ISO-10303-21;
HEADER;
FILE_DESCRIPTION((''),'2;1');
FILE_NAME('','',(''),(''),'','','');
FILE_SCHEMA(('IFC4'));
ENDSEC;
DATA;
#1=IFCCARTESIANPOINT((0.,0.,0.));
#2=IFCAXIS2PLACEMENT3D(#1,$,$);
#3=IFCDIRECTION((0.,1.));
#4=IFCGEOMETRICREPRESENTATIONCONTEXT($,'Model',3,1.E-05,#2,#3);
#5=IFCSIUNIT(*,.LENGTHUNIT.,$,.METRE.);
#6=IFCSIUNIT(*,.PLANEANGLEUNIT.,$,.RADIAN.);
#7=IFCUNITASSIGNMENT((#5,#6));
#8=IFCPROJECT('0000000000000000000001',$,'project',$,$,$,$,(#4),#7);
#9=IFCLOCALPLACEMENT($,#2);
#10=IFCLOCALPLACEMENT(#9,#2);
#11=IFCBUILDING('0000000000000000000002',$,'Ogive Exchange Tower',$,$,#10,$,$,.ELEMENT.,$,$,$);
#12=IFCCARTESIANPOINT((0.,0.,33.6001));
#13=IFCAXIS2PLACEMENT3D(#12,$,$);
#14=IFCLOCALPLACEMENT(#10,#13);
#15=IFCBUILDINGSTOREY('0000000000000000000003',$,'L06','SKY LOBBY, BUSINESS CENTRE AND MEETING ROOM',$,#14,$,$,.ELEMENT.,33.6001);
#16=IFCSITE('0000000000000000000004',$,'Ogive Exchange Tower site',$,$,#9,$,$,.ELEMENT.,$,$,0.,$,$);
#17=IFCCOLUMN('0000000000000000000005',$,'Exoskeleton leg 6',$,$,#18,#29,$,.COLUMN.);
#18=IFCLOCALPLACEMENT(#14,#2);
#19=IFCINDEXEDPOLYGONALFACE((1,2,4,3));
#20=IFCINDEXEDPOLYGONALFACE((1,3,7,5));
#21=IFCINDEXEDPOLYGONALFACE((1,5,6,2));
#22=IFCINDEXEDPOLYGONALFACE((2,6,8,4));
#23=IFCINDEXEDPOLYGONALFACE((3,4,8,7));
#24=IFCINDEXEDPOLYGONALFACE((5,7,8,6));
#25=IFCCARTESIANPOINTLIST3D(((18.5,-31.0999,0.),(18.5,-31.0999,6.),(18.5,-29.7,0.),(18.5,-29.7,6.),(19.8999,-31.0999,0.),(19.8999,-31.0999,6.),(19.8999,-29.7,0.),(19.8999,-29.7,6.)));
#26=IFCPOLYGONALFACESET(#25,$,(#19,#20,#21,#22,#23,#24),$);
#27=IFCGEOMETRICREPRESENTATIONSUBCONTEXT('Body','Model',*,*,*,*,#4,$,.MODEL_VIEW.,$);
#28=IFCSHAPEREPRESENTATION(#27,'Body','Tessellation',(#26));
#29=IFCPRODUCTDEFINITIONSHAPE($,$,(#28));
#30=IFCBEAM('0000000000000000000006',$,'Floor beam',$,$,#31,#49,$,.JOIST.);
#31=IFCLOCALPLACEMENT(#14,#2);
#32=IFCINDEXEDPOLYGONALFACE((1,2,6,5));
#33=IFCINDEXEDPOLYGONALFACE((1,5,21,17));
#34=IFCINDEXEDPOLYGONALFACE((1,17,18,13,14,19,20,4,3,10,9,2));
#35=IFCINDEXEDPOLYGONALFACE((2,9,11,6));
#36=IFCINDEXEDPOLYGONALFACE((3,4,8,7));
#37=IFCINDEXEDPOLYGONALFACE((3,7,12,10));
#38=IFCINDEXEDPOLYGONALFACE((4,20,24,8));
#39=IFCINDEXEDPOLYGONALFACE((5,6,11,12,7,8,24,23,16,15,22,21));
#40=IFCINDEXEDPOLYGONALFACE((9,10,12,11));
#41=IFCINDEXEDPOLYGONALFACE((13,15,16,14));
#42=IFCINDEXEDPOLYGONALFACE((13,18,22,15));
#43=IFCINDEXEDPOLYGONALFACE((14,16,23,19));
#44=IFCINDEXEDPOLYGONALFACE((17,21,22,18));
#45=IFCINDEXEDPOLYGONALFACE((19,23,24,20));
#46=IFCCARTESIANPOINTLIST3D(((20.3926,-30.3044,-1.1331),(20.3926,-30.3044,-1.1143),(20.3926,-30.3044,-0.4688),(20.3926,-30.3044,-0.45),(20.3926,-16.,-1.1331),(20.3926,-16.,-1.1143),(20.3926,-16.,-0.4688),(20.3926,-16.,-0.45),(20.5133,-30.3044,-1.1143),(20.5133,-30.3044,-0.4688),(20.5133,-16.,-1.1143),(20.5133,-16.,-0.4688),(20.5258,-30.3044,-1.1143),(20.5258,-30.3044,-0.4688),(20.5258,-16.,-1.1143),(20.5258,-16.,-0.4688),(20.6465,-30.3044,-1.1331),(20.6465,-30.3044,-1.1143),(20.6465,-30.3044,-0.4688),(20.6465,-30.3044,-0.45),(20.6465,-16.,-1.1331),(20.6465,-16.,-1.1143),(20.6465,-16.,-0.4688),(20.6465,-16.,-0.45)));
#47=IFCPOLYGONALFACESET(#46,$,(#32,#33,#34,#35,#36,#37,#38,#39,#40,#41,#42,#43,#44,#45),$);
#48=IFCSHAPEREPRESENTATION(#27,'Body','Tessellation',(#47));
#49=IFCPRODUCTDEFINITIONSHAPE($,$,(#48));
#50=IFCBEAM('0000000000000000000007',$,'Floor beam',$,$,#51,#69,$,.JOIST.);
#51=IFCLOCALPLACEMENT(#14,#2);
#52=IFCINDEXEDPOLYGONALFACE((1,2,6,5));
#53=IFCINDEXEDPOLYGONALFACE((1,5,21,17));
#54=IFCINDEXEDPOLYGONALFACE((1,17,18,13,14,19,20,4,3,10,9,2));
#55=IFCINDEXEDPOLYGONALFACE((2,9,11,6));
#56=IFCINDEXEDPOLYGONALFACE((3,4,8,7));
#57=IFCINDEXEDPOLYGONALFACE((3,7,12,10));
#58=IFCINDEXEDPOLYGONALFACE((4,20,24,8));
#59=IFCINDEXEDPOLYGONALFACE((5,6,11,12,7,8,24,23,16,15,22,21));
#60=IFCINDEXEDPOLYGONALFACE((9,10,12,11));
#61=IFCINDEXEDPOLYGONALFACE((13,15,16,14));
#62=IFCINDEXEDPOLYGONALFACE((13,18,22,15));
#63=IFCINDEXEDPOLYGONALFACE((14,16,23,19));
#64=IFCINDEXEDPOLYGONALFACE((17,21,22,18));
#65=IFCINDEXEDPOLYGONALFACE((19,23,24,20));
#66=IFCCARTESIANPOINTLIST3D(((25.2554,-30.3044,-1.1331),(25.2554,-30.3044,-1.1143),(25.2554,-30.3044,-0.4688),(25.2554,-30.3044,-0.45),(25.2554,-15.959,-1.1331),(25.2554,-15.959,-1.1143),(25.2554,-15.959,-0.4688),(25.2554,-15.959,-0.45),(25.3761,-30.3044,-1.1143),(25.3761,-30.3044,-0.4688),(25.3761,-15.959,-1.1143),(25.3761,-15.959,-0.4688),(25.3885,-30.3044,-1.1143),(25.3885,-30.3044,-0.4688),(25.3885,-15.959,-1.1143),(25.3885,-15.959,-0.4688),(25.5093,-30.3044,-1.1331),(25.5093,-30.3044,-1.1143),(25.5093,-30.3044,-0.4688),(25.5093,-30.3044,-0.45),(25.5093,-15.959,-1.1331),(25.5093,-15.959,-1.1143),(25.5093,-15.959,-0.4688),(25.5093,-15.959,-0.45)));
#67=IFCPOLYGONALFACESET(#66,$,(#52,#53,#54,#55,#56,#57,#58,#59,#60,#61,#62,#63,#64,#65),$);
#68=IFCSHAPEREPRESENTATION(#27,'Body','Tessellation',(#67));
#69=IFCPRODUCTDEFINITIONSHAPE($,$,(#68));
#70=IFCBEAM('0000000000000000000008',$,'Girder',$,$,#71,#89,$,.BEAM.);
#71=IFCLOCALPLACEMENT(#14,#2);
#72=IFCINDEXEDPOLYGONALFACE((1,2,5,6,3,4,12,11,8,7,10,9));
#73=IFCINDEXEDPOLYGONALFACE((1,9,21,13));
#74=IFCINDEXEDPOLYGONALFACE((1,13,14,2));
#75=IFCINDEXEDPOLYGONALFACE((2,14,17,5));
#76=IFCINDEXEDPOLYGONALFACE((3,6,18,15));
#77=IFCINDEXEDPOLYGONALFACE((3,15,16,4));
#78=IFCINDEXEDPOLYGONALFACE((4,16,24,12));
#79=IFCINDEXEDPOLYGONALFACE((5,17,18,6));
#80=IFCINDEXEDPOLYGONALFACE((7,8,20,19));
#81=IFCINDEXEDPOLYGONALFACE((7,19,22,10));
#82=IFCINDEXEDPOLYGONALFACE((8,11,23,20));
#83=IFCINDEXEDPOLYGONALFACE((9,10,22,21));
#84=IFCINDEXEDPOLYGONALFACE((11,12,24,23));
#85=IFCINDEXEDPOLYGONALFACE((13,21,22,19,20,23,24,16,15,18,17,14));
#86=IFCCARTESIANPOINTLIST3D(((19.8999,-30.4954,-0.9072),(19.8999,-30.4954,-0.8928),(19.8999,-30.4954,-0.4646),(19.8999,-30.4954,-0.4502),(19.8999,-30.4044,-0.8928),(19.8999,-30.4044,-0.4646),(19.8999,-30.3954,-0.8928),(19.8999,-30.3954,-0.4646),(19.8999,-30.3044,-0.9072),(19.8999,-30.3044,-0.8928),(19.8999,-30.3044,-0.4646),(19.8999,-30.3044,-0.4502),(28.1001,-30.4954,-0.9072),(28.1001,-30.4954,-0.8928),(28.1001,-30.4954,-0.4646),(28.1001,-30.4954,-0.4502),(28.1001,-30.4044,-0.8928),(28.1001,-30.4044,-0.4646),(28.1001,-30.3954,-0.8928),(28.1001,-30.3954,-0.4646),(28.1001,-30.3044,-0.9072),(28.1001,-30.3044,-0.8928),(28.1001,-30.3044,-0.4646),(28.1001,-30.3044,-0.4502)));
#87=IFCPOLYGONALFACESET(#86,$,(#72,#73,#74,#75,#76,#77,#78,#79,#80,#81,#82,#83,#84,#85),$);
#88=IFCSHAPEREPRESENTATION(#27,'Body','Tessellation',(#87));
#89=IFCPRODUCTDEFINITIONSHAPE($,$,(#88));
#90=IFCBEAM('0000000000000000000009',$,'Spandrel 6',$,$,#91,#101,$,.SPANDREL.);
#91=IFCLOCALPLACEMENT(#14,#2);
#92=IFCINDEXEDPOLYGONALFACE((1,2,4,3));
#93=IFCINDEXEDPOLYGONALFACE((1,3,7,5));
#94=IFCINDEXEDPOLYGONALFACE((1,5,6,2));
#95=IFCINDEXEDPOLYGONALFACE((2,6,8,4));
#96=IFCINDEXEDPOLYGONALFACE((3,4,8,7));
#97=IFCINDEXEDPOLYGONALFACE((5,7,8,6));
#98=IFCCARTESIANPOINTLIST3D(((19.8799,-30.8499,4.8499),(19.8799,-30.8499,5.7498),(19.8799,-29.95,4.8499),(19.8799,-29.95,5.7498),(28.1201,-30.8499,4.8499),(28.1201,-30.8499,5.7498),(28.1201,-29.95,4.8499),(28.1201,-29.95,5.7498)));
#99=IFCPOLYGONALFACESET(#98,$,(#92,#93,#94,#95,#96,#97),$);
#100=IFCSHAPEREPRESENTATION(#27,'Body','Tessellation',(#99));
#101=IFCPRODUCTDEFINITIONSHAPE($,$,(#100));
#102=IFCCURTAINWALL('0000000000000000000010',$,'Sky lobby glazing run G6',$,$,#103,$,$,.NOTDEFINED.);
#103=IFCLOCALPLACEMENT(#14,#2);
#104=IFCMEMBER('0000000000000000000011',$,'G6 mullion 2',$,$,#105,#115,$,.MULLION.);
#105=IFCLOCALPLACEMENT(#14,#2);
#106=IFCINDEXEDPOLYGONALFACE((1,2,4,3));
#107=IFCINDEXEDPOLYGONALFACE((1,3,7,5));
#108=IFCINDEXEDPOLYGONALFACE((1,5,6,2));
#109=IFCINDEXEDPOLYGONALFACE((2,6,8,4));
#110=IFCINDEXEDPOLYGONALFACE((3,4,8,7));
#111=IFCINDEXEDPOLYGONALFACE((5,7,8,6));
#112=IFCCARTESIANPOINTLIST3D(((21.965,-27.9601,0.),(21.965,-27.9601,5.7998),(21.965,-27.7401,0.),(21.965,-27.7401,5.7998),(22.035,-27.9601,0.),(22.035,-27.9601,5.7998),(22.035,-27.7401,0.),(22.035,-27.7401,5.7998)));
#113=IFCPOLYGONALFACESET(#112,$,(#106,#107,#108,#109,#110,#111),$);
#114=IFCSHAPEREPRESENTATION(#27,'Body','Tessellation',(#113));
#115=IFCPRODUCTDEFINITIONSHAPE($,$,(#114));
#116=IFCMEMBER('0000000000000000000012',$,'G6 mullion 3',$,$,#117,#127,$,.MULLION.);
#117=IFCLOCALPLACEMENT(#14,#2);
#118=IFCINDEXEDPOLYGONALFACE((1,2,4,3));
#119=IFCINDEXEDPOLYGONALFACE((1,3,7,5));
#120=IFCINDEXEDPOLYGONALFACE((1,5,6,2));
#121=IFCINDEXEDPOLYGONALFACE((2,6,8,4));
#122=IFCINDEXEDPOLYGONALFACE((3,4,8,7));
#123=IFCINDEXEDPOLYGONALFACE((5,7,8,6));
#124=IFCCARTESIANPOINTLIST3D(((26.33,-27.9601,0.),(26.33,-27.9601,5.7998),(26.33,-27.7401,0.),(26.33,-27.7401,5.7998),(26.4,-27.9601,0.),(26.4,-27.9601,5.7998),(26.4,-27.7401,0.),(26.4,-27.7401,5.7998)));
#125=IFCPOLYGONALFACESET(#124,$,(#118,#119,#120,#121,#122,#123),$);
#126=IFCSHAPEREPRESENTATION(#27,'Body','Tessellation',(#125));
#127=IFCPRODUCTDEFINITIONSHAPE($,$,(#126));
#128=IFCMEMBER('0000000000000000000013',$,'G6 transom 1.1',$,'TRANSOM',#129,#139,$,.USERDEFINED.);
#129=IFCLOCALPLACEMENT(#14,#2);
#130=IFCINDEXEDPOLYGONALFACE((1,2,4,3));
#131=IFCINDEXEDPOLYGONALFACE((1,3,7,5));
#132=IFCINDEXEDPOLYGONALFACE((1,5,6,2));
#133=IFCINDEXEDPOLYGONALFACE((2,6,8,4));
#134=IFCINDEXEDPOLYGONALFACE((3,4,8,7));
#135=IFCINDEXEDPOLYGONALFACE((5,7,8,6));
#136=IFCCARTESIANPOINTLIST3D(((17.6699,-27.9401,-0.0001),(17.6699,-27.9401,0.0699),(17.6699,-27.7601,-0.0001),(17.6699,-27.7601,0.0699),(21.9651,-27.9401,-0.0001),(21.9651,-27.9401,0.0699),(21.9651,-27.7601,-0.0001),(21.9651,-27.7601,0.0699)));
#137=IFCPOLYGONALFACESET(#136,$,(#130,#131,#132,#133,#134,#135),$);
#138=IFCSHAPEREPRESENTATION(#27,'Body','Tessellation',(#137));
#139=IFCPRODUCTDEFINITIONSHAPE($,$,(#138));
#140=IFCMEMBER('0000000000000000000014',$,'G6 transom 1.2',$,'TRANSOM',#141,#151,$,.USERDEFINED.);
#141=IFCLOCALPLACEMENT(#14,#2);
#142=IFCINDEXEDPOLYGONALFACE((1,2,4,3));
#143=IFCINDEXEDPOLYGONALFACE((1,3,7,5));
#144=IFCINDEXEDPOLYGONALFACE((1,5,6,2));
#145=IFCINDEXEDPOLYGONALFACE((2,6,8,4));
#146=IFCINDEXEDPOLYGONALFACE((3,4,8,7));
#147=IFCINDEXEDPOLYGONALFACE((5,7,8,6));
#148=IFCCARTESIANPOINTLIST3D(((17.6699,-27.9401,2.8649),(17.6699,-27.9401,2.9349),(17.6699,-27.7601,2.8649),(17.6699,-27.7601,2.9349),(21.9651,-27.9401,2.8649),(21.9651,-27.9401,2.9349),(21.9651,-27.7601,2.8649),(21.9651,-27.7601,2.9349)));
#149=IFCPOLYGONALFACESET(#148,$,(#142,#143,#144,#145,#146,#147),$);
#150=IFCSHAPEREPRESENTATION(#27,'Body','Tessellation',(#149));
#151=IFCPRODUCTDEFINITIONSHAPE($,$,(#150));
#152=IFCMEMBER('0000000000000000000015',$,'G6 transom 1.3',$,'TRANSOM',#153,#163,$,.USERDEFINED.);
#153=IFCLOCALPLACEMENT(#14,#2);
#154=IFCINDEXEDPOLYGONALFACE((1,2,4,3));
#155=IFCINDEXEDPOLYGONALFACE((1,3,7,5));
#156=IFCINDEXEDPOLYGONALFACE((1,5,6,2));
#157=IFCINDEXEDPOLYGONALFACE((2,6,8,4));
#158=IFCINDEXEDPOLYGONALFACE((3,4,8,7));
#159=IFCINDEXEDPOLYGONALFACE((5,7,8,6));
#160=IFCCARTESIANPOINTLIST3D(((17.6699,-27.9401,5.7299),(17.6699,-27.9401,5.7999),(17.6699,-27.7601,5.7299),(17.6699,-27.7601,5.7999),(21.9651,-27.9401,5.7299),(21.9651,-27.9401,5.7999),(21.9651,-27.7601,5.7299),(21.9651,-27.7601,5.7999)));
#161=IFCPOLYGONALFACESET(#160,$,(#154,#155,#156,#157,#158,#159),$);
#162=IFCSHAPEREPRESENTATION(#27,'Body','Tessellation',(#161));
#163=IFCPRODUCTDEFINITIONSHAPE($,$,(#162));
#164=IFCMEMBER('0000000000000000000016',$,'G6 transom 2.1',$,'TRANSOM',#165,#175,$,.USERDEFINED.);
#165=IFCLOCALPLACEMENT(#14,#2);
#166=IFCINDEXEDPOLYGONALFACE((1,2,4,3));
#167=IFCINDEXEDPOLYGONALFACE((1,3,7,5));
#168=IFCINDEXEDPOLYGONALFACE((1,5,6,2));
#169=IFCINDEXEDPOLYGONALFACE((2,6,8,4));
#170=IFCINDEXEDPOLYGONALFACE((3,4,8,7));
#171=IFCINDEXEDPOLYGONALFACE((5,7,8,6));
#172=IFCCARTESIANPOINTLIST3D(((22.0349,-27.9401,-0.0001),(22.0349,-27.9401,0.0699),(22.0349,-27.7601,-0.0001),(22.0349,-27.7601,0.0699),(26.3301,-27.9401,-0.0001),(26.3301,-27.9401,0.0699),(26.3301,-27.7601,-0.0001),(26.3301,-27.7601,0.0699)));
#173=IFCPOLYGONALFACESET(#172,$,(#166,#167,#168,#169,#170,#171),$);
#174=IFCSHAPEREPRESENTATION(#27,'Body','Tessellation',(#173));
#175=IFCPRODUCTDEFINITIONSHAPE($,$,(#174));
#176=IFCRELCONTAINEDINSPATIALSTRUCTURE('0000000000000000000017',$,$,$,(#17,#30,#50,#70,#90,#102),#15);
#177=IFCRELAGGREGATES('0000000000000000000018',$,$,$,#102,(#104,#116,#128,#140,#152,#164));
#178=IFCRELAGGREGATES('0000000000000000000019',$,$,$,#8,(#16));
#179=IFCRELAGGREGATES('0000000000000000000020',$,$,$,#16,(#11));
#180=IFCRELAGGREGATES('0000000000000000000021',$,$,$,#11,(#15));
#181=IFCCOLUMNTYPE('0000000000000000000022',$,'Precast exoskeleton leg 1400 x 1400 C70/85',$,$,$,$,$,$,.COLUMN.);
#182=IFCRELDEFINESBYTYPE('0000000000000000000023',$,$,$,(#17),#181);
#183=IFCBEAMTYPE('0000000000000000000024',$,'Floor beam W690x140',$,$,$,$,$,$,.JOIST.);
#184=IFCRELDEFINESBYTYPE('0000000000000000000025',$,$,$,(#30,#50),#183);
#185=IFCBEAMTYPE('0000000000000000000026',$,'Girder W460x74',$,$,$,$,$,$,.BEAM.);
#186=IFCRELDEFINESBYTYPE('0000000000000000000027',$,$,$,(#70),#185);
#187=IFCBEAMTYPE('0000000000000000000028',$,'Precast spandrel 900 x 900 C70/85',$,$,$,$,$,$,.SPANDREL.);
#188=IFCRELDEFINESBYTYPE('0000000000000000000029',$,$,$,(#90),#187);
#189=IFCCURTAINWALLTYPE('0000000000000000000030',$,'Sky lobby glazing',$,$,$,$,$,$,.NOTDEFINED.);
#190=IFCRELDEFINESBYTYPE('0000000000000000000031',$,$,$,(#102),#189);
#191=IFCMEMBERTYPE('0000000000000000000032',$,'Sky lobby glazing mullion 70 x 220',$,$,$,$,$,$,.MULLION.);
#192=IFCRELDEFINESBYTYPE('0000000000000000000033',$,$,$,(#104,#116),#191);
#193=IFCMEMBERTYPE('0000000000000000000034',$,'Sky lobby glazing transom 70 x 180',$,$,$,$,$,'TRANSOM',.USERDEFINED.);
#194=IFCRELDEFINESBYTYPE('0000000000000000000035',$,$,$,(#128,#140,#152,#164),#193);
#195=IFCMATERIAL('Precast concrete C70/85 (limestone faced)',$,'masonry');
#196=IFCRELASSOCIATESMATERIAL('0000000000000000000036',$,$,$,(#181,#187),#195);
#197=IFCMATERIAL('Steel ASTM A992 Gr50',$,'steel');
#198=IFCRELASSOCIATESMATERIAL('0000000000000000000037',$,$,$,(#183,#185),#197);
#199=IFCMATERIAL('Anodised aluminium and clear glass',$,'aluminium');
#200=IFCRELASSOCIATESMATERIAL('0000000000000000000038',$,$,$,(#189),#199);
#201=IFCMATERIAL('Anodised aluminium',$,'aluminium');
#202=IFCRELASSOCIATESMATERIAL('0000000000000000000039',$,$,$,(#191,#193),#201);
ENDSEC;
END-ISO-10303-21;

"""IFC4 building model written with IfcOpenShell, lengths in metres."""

from ifc_helpers import new_model, si_unit, direction, frame, origin, origin_2d, place, context, subcontext, project, spatial, rectangle, i_section, extrude, material, material_profile, profile_set, type_object, element, aggregate, save


model = new_model("IFC4")

# Units and contexts
model_context = context("Model", 3, precision=1e-05, world=origin(), true_north=direction((0.0, 1.0)))
body_context = subcontext(model_context, "Body", "Model", "MODEL_VIEW")
ifc_project = project(units=[si_unit("LENGTHUNIT", "METRE"), si_unit("PLANEANGLEUNIT", "RADIAN")], contexts=[model_context])

# Site, building, storey
site_placement = place(None, origin())
site = spatial("IfcSite", under=ifc_project, at=site_placement, Name="Ogive Exchange Tower site", CompositionType="ELEMENT", RefElevation=0.0)
building_placement = place(site_placement, origin())
building = spatial("IfcBuilding", under=site, at=building_placement, Name="Ogive Exchange Tower", CompositionType="ELEMENT")
storey_placement = place(building_placement, frame((0.0, 0.0, 33.6001)))
storey = spatial("IfcBuildingStorey", under=building, at=storey_placement, Name="L06", Description="SKY LOBBY, BUSINESS CENTRE AND MEETING ROOM", CompositionType="ELEMENT", Elevation=33.6001)

# Column
ifc_material_1 = material(Name="Precast concrete C70/85 (limestone faced)", Category="masonry")
ifc_material_profile_1 = material_profile(ifc_material_1, rectangle(XDim=1.3999, YDim=1.3999, at=origin_2d()), Name="1400 x 1400")
ifc_profile_set_1 = profile_set([ifc_material_profile_1], Name="Precast concrete C70/85 (limestone faced)")
column_type = type_object("IfcColumnType", Name="Precast exoskeleton leg 1400 x 1400 C70/85", PredefinedType="COLUMN", material=ifc_profile_set_1)
column_placement = place(storey_placement, frame((19.2, -30.3999, 0.0), z_axis=(0.0, 0.0, 1.0), x_axis=(1.0, 0.0, 0.0)))
element("IfcColumn", 1, at=column_placement, inside=storey, type_object=column_type, Name="Exoskeleton leg 6", PredefinedType="COLUMN", context=body_context, shape_type="SweptSolid", body=[
    extrude(rectangle(XDim=1.3999, YDim=1.3999, at=origin_2d()), origin(), (0.0, 0.0, 1.0), 6.0),
])

# Beams
ifc_material_2 = material(Name="Steel ASTM A992 Gr50", Category="steel")
ifc_material_profile_2 = material_profile(ifc_material_2, i_section(OverallWidth=0.2539, OverallDepth=0.6831, WebThickness=0.0125, FlangeThickness=0.0188, at=origin_2d()), Name="W690x140")
ifc_profile_set_2 = profile_set([ifc_material_profile_2], Name="Steel ASTM A992 Gr50")
beam_type_1 = type_object("IfcBeamType", Name="Floor beam W690x140", PredefinedType="JOIST", material=ifc_profile_set_2)
beam_1_placement = place(storey_placement, frame((20.5195, -30.3044, -0.7915), z_axis=(0.0, 1.0, 0.0), x_axis=(-1.0, 0.0, 0.0)))
element("IfcBeam", 2, at=beam_1_placement, inside=storey, type_object=beam_type_1, Name="Floor beam", PredefinedType="JOIST", context=body_context, shape_type="SweptSolid", body=[
    extrude(i_section(OverallWidth=0.2539, OverallDepth=0.6831, WebThickness=0.0125, FlangeThickness=0.0188, at=origin_2d()), origin(), (0.0, 0.0, 1.0), 14.3044),
])
beam_2_placement = place(storey_placement, frame((25.3823, -30.3044, -0.7915), z_axis=(0.0, 1.0, 0.0), x_axis=(-1.0, 0.0, 0.0)))
element("IfcBeam", 3, at=beam_2_placement, inside=storey, type_object=beam_type_1, Name="Floor beam", PredefinedType="JOIST", context=body_context, shape_type="SweptSolid", body=[
    extrude(i_section(OverallWidth=0.2539, OverallDepth=0.6831, WebThickness=0.0125, FlangeThickness=0.0188, at=origin_2d()), origin(), (0.0, 0.0, 1.0), 14.3455),
])
ifc_material_profile_3 = material_profile(ifc_material_2, i_section(OverallWidth=0.1909, OverallDepth=0.457, WebThickness=0.009, FlangeThickness=0.0144, at=origin_2d()), Name="W460x74")
ifc_profile_set_3 = profile_set([ifc_material_profile_3], Name="Steel ASTM A992 Gr50")
beam_type_2 = type_object("IfcBeamType", Name="Girder W460x74", PredefinedType="BEAM", material=ifc_profile_set_3)
beam_3_placement = place(storey_placement, frame((19.8999, -30.3999, -0.6787), z_axis=(1.0, 0.0, 0.0), x_axis=(0.0, 1.0, 0.0)))
element("IfcBeam", 4, at=beam_3_placement, inside=storey, type_object=beam_type_2, Name="Girder", PredefinedType="BEAM", context=body_context, shape_type="SweptSolid", body=[
    extrude(i_section(OverallWidth=0.1909, OverallDepth=0.457, WebThickness=0.009, FlangeThickness=0.0144, at=origin_2d()), origin(), (0.0, 0.0, 1.0), 8.2002),
])
ifc_material_profile_4 = material_profile(ifc_material_1, rectangle(XDim=0.8999, YDim=0.8999, at=origin_2d()), Name="900 x 900")
ifc_profile_set_4 = profile_set([ifc_material_profile_4], Name="Precast concrete C70/85 (limestone faced)")
beam_type_3 = type_object("IfcBeamType", Name="Precast spandrel 900 x 900 C70/85", PredefinedType="SPANDREL", material=ifc_profile_set_4)
beam_4_placement = place(storey_placement, frame((19.8799, -30.3999, 5.2998), z_axis=(1.0, 0.0, 0.0), x_axis=(0.0, 1.0, 0.0)))
element("IfcBeam", 5, at=beam_4_placement, inside=storey, type_object=beam_type_3, Name="Spandrel 6", PredefinedType="SPANDREL", context=body_context, shape_type="SweptSolid", body=[
    extrude(rectangle(XDim=0.8999, YDim=0.8999, at=origin_2d()), origin(), (0.0, 0.0, 1.0), 8.2402),
])

# Curtain wall, members
ifc_material_3 = material(Name="Anodised aluminium and clear glass", Category="aluminium")
curtain_wall_type = type_object("IfcCurtainWallType", Name="Sky lobby glazing", PredefinedType="NOTDEFINED", material=ifc_material_3)
curtain_wall_placement = place(storey_placement, origin())
curtain_wall = element("IfcCurtainWall", 6, at=curtain_wall_placement, inside=storey, type_object=curtain_wall_type, Name="Sky lobby glazing run G6", PredefinedType="NOTDEFINED")
ifc_material_4 = material(Name="Anodised aluminium", Category="aluminium")
ifc_material_profile_5 = material_profile(ifc_material_4, rectangle(XDim=0.22, YDim=0.0701, at=origin_2d()), Name="AL 70x220")
ifc_profile_set_5 = profile_set([ifc_material_profile_5], Name="Anodised aluminium")
member_type_1 = type_object("IfcMemberType", Name="Sky lobby glazing mullion 70 x 220", PredefinedType="MULLION", material=ifc_profile_set_5)
member_1_placement = place(storey_placement, frame((22.0, -27.8501, 0.0), z_axis=(0.0, 0.0, 1.0), x_axis=(0.0, 1.0, 0.0)))
member_1 = element("IfcMember", 7, at=member_1_placement, type_object=member_type_1, Name="G6 mullion 2", PredefinedType="MULLION", context=body_context, shape_type="SweptSolid", body=[
    extrude(rectangle(XDim=0.22, YDim=0.0701, at=origin_2d()), origin(), (0.0, 0.0, 1.0), 5.7998),
])
member_2_placement = place(storey_placement, frame((26.365, -27.8501, 0.0), z_axis=(0.0, 0.0, 1.0), x_axis=(0.0, 1.0, 0.0)))
member_2 = element("IfcMember", 8, at=member_2_placement, type_object=member_type_1, Name="G6 mullion 3", PredefinedType="MULLION", context=body_context, shape_type="SweptSolid", body=[
    extrude(rectangle(XDim=0.22, YDim=0.0701, at=origin_2d()), origin(), (0.0, 0.0, 1.0), 5.7998),
])
ifc_material_profile_6 = material_profile(ifc_material_4, rectangle(XDim=0.1799, YDim=0.0701, at=origin_2d()), Name="AL 70x180")
ifc_profile_set_6 = profile_set([ifc_material_profile_6], Name="Anodised aluminium")
member_type_2 = type_object("IfcMemberType", Name="Sky lobby glazing transom 70 x 180", ElementType="TRANSOM", PredefinedType="USERDEFINED", material=ifc_profile_set_6)
member_3_placement = place(storey_placement, frame((17.6699, -27.8501, 0.0349), z_axis=(1.0, 0.0, 0.0), x_axis=(0.0, 1.0, 0.0)))
member_3 = element("IfcMember", 9, at=member_3_placement, type_object=member_type_2, Name="G6 transom 1.1", ObjectType="TRANSOM", PredefinedType="USERDEFINED", context=body_context, shape_type="SweptSolid", body=[
    extrude(rectangle(XDim=0.1799, YDim=0.0701, at=origin_2d()), origin(), (0.0, 0.0, 1.0), 4.2952),
])
member_4_placement = place(storey_placement, frame((17.6699, -27.8501, 2.8999), z_axis=(1.0, 0.0, 0.0), x_axis=(0.0, 1.0, 0.0)))
member_4 = element("IfcMember", 10, at=member_4_placement, type_object=member_type_2, Name="G6 transom 1.2", ObjectType="TRANSOM", PredefinedType="USERDEFINED", context=body_context, shape_type="SweptSolid", body=[
    extrude(rectangle(XDim=0.1799, YDim=0.0701, at=origin_2d()), origin(), (0.0, 0.0, 1.0), 4.2952),
])
member_5_placement = place(storey_placement, frame((17.6699, -27.8501, 5.7649), z_axis=(1.0, 0.0, 0.0), x_axis=(0.0, 1.0, 0.0)))
member_5 = element("IfcMember", 11, at=member_5_placement, type_object=member_type_2, Name="G6 transom 1.3", ObjectType="TRANSOM", PredefinedType="USERDEFINED", context=body_context, shape_type="SweptSolid", body=[
    extrude(rectangle(XDim=0.1799, YDim=0.0701, at=origin_2d()), origin(), (0.0, 0.0, 1.0), 4.2952),
])
member_6_placement = place(storey_placement, frame((22.0349, -27.8501, 0.0349), z_axis=(1.0, 0.0, 0.0), x_axis=(0.0, 1.0, 0.0)))
member_6 = element("IfcMember", 12, at=member_6_placement, type_object=member_type_2, Name="G6 transom 2.1", ObjectType="TRANSOM", PredefinedType="USERDEFINED", context=body_context, shape_type="SweptSolid", body=[
    extrude(rectangle(XDim=0.1799, YDim=0.0701, at=origin_2d()), origin(), (0.0, 0.0, 1.0), 4.2952),
])
aggregate(curtain_wall, [member_1, member_2, member_3, member_4, member_5, member_6])

save(model, "model.ifc")
